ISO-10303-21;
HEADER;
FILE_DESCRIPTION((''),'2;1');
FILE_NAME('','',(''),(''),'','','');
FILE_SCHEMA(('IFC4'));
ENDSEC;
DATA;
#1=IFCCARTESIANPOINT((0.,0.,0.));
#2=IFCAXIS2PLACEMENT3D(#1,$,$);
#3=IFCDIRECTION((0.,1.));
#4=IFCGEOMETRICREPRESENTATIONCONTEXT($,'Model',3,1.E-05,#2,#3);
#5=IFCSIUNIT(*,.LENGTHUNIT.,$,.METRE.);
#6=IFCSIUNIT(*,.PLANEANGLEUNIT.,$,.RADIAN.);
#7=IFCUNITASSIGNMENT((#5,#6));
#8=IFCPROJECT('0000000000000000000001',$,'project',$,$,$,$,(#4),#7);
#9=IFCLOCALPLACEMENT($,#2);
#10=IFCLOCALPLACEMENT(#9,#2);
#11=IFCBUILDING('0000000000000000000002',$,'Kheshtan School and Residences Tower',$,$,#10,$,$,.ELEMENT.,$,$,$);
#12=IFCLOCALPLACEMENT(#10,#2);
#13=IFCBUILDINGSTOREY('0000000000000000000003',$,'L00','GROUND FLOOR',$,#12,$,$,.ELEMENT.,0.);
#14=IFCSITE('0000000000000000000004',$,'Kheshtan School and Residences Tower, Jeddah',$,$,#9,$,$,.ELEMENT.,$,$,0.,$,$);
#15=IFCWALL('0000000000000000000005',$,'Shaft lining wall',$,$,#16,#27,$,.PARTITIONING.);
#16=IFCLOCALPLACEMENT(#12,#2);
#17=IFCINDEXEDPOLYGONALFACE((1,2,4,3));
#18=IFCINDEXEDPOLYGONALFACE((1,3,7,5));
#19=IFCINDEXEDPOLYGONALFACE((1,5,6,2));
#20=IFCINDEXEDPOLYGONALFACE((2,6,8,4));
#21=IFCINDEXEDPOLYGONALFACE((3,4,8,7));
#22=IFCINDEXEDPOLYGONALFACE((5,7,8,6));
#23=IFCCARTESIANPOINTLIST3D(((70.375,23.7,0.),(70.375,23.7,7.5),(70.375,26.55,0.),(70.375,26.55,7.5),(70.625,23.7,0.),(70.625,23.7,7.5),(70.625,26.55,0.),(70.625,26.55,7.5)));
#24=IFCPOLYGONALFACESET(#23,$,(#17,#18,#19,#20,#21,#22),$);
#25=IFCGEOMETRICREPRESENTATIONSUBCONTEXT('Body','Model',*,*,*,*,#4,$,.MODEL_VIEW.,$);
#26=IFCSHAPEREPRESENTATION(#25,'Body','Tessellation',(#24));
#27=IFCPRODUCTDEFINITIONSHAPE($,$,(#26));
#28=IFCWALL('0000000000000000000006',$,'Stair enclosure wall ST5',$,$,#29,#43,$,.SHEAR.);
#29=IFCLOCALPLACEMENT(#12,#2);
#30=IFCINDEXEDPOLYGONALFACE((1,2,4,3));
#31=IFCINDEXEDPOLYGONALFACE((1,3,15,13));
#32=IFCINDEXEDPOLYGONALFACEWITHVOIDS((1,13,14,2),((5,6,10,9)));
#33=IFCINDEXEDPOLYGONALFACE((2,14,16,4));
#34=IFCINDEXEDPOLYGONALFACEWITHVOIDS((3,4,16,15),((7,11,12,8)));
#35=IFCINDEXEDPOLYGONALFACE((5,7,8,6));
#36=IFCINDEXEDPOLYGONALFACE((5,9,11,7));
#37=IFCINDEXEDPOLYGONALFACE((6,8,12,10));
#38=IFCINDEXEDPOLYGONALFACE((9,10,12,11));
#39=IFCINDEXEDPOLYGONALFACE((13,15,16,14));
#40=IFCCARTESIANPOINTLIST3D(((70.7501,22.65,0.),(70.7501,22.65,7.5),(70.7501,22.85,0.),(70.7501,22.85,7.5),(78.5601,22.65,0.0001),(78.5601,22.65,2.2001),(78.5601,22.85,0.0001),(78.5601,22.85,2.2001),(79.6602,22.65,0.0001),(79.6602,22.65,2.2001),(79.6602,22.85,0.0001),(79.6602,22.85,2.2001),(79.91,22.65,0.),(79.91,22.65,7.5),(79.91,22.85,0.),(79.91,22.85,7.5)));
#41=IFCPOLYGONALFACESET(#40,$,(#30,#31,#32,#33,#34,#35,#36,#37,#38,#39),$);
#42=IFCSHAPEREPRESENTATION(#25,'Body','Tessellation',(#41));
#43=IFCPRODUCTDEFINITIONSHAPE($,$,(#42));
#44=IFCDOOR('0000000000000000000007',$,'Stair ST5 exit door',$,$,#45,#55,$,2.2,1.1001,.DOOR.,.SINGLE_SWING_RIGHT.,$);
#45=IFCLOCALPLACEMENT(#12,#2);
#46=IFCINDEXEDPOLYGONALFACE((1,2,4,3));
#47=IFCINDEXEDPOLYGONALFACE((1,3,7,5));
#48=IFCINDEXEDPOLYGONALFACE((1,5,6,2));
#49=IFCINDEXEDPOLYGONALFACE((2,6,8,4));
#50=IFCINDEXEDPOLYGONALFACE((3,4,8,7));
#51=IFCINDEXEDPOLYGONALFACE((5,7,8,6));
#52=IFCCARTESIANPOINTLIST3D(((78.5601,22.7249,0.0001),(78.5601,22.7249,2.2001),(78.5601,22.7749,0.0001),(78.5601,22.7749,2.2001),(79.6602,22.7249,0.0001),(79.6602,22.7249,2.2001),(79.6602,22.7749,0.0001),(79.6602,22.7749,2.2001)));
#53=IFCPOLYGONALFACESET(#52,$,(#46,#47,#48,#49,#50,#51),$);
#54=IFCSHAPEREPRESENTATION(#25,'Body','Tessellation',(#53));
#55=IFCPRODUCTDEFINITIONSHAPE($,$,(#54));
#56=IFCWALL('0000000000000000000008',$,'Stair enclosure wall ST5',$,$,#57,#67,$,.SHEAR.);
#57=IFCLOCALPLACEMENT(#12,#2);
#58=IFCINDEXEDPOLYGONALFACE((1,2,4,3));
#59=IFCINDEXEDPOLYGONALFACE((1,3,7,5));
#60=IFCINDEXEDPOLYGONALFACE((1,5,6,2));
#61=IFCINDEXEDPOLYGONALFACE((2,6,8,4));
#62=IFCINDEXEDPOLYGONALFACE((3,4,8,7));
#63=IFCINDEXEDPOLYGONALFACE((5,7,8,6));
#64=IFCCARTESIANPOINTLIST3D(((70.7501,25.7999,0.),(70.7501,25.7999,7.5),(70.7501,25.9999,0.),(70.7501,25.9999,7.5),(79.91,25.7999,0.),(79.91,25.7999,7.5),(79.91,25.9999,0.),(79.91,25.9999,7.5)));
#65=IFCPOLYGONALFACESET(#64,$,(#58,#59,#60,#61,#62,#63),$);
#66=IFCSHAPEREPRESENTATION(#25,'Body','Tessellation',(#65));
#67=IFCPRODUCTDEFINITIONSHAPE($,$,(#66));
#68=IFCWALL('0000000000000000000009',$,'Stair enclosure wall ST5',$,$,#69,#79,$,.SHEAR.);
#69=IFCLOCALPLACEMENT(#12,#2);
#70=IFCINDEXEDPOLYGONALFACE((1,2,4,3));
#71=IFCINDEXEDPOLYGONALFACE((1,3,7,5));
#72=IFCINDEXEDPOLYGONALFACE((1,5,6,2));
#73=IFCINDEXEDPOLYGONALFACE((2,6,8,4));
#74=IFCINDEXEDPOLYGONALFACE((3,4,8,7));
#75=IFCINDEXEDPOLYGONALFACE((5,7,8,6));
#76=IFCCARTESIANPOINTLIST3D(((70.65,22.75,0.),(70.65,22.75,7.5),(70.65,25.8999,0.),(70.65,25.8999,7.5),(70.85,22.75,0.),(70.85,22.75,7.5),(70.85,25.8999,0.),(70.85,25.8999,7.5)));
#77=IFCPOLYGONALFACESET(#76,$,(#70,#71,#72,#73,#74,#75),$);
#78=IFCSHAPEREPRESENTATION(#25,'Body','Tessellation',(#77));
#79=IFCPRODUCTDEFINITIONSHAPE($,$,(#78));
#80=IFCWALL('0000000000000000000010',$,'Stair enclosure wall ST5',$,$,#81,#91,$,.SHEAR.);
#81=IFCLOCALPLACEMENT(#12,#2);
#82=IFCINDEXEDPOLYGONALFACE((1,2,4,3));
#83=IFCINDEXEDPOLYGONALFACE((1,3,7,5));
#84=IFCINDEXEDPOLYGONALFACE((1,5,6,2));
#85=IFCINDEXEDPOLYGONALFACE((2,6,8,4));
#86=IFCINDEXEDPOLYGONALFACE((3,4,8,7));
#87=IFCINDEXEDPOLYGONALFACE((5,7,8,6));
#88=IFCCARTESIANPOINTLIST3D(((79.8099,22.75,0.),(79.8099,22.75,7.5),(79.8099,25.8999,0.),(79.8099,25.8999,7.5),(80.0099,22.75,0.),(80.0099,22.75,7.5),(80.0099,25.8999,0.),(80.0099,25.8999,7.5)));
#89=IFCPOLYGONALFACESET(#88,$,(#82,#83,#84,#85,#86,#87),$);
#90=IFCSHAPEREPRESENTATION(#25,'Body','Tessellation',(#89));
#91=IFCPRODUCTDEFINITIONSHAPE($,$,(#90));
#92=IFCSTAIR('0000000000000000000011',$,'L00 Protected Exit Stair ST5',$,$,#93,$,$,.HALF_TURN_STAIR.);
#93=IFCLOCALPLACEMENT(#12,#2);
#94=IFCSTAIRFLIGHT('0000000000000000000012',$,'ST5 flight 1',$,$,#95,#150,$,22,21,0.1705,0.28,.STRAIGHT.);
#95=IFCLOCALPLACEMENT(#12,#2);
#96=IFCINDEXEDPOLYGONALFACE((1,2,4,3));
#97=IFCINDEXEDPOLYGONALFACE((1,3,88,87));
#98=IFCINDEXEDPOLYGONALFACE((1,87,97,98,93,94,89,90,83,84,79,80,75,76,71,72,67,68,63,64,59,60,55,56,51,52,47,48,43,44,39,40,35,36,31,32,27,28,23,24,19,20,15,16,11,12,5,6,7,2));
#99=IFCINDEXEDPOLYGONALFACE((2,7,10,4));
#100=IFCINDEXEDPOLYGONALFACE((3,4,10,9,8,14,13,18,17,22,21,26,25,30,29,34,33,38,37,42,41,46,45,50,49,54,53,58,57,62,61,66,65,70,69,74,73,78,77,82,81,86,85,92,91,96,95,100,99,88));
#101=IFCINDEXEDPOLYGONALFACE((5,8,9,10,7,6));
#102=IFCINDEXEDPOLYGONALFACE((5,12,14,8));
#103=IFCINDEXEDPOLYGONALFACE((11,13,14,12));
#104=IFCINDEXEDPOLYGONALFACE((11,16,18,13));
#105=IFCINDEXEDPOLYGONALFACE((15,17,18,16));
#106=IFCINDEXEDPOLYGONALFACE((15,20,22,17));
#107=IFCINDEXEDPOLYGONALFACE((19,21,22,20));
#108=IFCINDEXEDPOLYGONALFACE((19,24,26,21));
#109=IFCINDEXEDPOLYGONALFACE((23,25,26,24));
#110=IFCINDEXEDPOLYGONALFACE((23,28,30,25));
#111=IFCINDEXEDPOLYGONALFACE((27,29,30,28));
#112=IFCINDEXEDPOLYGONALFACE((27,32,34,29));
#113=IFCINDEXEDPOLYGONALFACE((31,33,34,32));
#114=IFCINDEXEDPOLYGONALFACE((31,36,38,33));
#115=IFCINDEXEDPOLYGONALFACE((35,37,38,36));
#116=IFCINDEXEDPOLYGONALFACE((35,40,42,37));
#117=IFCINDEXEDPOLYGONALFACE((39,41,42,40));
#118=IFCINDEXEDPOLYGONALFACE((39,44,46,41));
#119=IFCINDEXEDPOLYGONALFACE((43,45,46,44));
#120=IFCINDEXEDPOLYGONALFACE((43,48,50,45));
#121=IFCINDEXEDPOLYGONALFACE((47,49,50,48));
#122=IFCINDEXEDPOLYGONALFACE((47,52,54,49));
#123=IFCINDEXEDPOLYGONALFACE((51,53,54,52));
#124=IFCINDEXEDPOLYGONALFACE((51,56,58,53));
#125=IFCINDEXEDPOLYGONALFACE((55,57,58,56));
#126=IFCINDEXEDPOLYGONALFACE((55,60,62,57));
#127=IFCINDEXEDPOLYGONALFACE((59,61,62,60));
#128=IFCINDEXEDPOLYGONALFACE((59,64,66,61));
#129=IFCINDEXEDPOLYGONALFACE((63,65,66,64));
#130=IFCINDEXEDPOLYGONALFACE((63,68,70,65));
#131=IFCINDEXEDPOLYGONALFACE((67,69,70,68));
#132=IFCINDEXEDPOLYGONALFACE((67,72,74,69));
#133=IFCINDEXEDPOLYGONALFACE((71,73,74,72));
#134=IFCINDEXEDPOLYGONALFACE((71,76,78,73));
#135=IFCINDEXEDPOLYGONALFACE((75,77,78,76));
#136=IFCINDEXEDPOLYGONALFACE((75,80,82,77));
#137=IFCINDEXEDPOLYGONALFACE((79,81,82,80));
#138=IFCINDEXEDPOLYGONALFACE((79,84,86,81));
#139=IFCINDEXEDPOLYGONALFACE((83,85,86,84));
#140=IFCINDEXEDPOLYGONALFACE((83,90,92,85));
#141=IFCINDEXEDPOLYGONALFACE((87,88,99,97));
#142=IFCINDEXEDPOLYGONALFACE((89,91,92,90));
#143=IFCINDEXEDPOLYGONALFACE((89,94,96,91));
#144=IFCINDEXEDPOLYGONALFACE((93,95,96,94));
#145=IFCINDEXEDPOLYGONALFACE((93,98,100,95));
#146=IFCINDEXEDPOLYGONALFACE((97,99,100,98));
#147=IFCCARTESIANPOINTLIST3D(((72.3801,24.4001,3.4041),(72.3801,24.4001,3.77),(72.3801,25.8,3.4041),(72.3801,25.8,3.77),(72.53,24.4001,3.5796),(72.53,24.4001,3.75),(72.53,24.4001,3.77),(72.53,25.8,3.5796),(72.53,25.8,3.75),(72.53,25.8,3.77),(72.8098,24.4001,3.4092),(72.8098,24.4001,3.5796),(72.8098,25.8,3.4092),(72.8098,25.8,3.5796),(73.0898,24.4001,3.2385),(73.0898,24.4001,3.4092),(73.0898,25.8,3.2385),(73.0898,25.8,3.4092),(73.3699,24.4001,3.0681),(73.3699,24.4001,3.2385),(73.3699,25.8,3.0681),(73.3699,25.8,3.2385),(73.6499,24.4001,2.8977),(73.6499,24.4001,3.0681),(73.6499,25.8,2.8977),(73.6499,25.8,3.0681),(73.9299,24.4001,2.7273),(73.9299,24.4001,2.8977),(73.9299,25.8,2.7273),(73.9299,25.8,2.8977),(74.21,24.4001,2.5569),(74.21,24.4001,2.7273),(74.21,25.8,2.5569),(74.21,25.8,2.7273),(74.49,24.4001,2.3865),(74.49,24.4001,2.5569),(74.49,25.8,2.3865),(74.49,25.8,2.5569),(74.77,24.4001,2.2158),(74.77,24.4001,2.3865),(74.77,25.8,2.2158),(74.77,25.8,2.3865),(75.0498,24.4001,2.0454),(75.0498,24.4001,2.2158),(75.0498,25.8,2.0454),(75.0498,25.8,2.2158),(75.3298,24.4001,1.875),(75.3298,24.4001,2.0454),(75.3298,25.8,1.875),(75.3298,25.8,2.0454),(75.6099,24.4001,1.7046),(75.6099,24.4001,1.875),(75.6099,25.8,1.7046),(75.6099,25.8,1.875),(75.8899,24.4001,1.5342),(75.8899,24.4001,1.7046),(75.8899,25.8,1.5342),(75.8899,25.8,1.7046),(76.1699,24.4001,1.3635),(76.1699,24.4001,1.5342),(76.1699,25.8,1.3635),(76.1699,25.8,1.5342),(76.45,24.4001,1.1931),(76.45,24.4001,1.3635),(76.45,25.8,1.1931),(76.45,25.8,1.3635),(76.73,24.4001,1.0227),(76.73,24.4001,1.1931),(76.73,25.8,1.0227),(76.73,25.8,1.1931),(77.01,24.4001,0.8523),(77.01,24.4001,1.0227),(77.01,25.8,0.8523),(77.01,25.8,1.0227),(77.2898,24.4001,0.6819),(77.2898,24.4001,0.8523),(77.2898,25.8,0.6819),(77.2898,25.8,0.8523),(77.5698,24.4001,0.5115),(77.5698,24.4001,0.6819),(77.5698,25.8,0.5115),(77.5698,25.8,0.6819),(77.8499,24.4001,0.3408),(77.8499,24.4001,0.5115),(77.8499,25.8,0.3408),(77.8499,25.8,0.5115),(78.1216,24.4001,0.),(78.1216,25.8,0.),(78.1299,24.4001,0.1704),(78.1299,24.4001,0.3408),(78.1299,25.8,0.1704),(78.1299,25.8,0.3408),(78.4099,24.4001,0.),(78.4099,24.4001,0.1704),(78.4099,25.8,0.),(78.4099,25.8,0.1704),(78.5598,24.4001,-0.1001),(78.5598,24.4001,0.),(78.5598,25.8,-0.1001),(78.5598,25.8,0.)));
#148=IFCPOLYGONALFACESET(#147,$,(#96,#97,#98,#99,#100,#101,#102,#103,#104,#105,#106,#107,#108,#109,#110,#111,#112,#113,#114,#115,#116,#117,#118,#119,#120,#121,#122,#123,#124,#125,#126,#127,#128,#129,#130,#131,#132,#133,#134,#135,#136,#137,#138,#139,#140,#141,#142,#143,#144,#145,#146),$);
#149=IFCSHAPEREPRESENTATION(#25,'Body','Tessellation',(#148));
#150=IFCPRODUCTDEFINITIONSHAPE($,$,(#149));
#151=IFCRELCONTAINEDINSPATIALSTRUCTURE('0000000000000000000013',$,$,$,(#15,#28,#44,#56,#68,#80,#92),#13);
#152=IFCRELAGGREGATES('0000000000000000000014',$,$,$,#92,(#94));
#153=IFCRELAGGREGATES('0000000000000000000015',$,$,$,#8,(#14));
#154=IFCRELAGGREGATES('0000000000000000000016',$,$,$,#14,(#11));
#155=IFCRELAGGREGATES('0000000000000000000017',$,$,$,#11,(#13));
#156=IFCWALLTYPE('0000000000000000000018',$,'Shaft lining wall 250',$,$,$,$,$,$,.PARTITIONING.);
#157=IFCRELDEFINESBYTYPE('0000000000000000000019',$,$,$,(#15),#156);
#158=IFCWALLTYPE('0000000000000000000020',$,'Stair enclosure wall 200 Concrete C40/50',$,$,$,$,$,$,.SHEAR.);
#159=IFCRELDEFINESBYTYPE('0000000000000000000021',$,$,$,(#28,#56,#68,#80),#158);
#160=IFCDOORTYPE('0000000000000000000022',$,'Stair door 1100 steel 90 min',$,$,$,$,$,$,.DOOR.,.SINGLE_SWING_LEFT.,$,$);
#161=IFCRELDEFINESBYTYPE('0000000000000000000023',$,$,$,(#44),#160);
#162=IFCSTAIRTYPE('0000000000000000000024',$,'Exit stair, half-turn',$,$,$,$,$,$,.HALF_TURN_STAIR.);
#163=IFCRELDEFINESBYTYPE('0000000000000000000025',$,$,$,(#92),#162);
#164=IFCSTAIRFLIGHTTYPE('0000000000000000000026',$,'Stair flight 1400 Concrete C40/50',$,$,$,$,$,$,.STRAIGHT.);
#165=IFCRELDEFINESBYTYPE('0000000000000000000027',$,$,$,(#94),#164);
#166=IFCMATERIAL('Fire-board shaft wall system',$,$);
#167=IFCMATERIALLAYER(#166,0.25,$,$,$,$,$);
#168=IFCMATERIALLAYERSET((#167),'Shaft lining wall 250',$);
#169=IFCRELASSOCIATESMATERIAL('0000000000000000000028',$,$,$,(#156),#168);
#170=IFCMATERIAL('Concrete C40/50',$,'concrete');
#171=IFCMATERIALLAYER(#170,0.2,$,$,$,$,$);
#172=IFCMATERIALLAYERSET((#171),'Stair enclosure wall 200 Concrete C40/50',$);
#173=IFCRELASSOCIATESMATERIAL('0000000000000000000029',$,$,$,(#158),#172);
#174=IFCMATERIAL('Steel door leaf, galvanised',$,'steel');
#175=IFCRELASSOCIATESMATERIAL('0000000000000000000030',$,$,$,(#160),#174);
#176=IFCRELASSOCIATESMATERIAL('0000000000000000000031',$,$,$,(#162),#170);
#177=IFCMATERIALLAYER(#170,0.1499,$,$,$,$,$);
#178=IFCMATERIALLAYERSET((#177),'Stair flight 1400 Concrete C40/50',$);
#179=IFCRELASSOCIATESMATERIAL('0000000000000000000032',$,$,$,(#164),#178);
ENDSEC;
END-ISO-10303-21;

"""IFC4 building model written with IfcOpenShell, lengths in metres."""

from ifc_helpers import new_model, si_unit, direction, frame, frame_2d, origin, place, context, subcontext, project, spatial, polyline, rectangle, outline, extrude, source, transform, mapped, material, layer, layer_set, type_object, element, fill, aggregate, save


model = new_model("IFC4")

# Units and contexts
model_context = context("Model", 3, precision=1e-05, world=origin(), true_north=direction((0.0, 1.0)))
body_context = subcontext(model_context, "Body", "Model", "MODEL_VIEW")
ifc_project = project(units=[si_unit("LENGTHUNIT", "METRE"), si_unit("PLANEANGLEUNIT", "RADIAN")], contexts=[model_context])

# Site, building, storey
site_placement = place(None, origin())
site = spatial("IfcSite", under=ifc_project, at=site_placement, Name="Kheshtan School and Residences Tower, Jeddah", CompositionType="ELEMENT", RefElevation=0.0)
building_placement = place(site_placement, origin())
building = spatial("IfcBuilding", under=site, at=building_placement, Name="Kheshtan School and Residences Tower", CompositionType="ELEMENT")
storey_placement = place(building_placement, origin())
storey = spatial("IfcBuildingStorey", under=building, at=storey_placement, Name="L00", Description="GROUND FLOOR", CompositionType="ELEMENT", Elevation=0.0)

# Wall
ifc_material_1 = material(Name="Fire-board shaft wall system")
ifc_layer_1 = layer(ifc_material_1, 0.25)
ifc_layer_set_1 = layer_set([ifc_layer_1], Name="Shaft lining wall 250")
wall_type_1 = type_object("IfcWallType", Name="Shaft lining wall 250", PredefinedType="PARTITIONING", material=ifc_layer_set_1)
wall_1_placement = place(storey_placement, frame((70.5, 23.7, 0.0), z_axis=(0.0, 0.0, 1.0), x_axis=(0.0, 1.0, 0.0)))
element("IfcWall", 1, at=wall_1_placement, inside=storey, type_object=wall_type_1, Name="Shaft lining wall", PredefinedType="PARTITIONING", context=body_context, shape_type="SweptSolid", body=[
    extrude(rectangle(XDim=2.8501, YDim=0.25, at=frame_2d((1.425, 0.0))), origin(), (0.0, 0.0, 1.0), 7.5),
])

# Wall, opening, door
ifc_material_2 = material(Name="Concrete C40/50", Category="concrete")
ifc_layer_2 = layer(ifc_material_2, 0.2)
ifc_layer_set_2 = layer_set([ifc_layer_2], Name="Stair enclosure wall 200 Concrete C40/50")
wall_type_2 = type_object("IfcWallType", Name="Stair enclosure wall 200 Concrete C40/50", PredefinedType="SHEAR", material=ifc_layer_set_2)
wall_2_placement = place(storey_placement, frame((70.75, 22.75, 0.0), z_axis=(0.0, 0.0, 1.0), x_axis=(1.0, 0.0, 0.0)))
wall_2 = element("IfcWall", 2, at=wall_2_placement, inside=storey, type_object=wall_type_2, Name="Stair enclosure wall ST5", PredefinedType="SHEAR", context=body_context, shape_type="SweptSolid", body=[
    extrude(rectangle(XDim=9.1599, YDim=0.2, at=frame_2d((4.5801, 0.0))), origin(), (0.0, 0.0, 1.0), 7.5),
])
opening_1_placement = place(wall_2_placement, frame((7.8101, 0.0, 0.0)))
opening_1 = element("IfcOpeningElement", 3, at=opening_1_placement, cuts=wall_2, PredefinedType="OPENING", context=body_context, shape_type="SweptSolid", body=[
    extrude(rectangle(XDim=1.1001, YDim=2.2, at=frame_2d((0.55, 1.1001))), frame((0.0, 0.1099, 0.0), z_axis=(0.0, -1.0, 0.0), x_axis=(1.0, 0.0, 0.0)), (0.0, 0.0, 1.0), 0.22),
])
ifc_material_3 = material(Name="Steel door leaf, galvanised", Category="steel")
door_type_1 = type_object("IfcDoorType", Name="Stair door 1100 steel 90 min", OperationType="SINGLE_SWING_LEFT", PredefinedType="DOOR", material=ifc_material_3)
shared_shape_1 = source(origin(), body_context, "Body", "SweptSolid", [
    extrude(rectangle(XDim=1.1001, YDim=2.2, at=frame_2d((0.55, 1.1001))), frame((0.0, 0.0249, 0.0), z_axis=(0.0, -1.0, 0.0), x_axis=(1.0, 0.0, 0.0)), (0.0, 0.0, 1.0), 0.05),
])
door_1_placement = place(opening_1_placement, origin())
door_1 = element("IfcDoor", 4, at=door_1_placement, inside=storey, type_object=door_type_1, Name="Stair ST5 exit door", OperationType="SINGLE_SWING_RIGHT", OverallHeight=2.2, OverallWidth=1.1001, PredefinedType="DOOR", context=body_context, shape_type="MappedRepresentation", body=[
    mapped(shared_shape_1, transform((0.0, 0.0, 0.0), x_axis=(1.0, 0.0, 0.0), y_axis=(0.0, 1.0, 0.0), z_axis=(0.0, 0.0, 1.0), scale=1.0)),
])
fill(opening_1, door_1)

# Walls
wall_3_placement = place(storey_placement, frame((70.75, 25.8999, 0.0), z_axis=(0.0, 0.0, 1.0), x_axis=(1.0, 0.0, 0.0)))
element("IfcWall", 5, at=wall_3_placement, inside=storey, type_object=wall_type_2, Name="Stair enclosure wall ST5", PredefinedType="SHEAR", context=body_context, shape_type="SweptSolid", body=[
    extrude(rectangle(XDim=9.1599, YDim=0.2, at=frame_2d((4.5801, 0.0))), origin(), (0.0, 0.0, 1.0), 7.5),
])
for number, where, z_axis, x_axis, name in (
    (6, (70.75, 22.75, 0.0), (0.0, 0.0, 1.0), (0.0, 1.0, 0.0), "Stair enclosure wall ST5"),
    (7, (79.9099, 22.75, 0.0), (0.0, 0.0, 1.0), (0.0, 1.0, 0.0), "Stair enclosure wall ST5"),
):
    element("IfcWall", number, at=place(storey_placement, frame(where, z_axis=z_axis, x_axis=x_axis)), inside=storey, type_object=wall_type_2, Name=name, PredefinedType="SHEAR", context=body_context, shape_type="SweptSolid", body=[
        extrude(rectangle(XDim=3.1499, YDim=0.2, at=frame_2d((1.575, 0.0))), origin(), (0.0, 0.0, 1.0), 7.5),
    ])

# Stair, stair flight
stair_type = type_object("IfcStairType", Name="Exit stair, half-turn", PredefinedType="HALF_TURN_STAIR", material=ifc_material_2)
stair_placement = place(storey_placement, origin())
stair = element("IfcStair", 8, at=stair_placement, inside=storey, type_object=stair_type, Name="L00 Protected Exit Stair ST5", PredefinedType="HALF_TURN_STAIR")
ifc_layer_3 = layer(ifc_material_2, 0.1499)
ifc_layer_set_3 = layer_set([ifc_layer_3], Name="Stair flight 1400 Concrete C40/50")
stair_flight_type = type_object("IfcStairFlightType", Name="Stair flight 1400 Concrete C40/50", PredefinedType="STRAIGHT", material=ifc_layer_set_3)
stair_flight_1_placement = place(storey_placement, frame((78.4099, 25.1001, 0.0), z_axis=(0.0, 0.0, 1.0), x_axis=(-1.0, 0.0, 0.0)))
stair_flight_1 = element("IfcStairFlight", 9, at=stair_flight_1_placement, type_object=stair_flight_type, Name="ST5 flight 1", NumberOfRisers=22, NumberOfTreads=21, PredefinedType="STRAIGHT", RiserHeight=0.1705, TreadLength=0.28, context=body_context, shape_type="SweptSolid", body=[
    extrude(outline(polyline([(-0.1499, -0.1001), (-0.1499, 0.0), (0.0, 0.0), (0.0, 0.1704), (0.28, 0.1704), (0.28, 0.3408), (0.5601, 0.3408), (0.5601, 0.5115), (0.8401, 0.5115), (0.8401, 0.6819), (1.1201, 0.6819), (1.1201, 0.8523), (1.3999, 0.8523), (1.3999, 1.0227), (1.6799, 1.0227), (1.6799, 1.1931), (1.96, 1.1931), (1.96, 1.3635), (2.24, 1.3635), (2.24, 1.5342), (2.52, 1.5342), (2.52, 1.7046), (2.8, 1.7046), (2.8, 1.875), (3.0801, 1.875), (3.0801, 2.0454), (3.3601, 2.0454), (3.3601, 2.2158), (3.6399, 2.2158), (3.6399, 2.3865), (3.9199, 2.3865), (3.9199, 2.5569), (4.2, 2.5569), (4.2, 2.7273), (4.48, 2.7273), (4.48, 2.8977), (4.76, 2.8977), (4.76, 3.0681), (5.04, 3.0681), (5.04, 3.2385), (5.3201, 3.2385), (5.3201, 3.4092), (5.6001, 3.4092), (5.6001, 3.5796), (5.8799, 3.5796), (5.8799, 3.75), (5.8799, 3.77), (6.0298, 3.77), (6.0298, 3.4041), (0.2883, 0.0), (-0.1499, -0.1001)])), frame((0.0, 0.7, 0.0), z_axis=(0.0, -1.0, 0.0), x_axis=(1.0, 0.0, 0.0)), (0.0, 0.0, 1.0), 1.3999),
])
aggregate(stair, [stair_flight_1])

save(model, "model.ifc")
